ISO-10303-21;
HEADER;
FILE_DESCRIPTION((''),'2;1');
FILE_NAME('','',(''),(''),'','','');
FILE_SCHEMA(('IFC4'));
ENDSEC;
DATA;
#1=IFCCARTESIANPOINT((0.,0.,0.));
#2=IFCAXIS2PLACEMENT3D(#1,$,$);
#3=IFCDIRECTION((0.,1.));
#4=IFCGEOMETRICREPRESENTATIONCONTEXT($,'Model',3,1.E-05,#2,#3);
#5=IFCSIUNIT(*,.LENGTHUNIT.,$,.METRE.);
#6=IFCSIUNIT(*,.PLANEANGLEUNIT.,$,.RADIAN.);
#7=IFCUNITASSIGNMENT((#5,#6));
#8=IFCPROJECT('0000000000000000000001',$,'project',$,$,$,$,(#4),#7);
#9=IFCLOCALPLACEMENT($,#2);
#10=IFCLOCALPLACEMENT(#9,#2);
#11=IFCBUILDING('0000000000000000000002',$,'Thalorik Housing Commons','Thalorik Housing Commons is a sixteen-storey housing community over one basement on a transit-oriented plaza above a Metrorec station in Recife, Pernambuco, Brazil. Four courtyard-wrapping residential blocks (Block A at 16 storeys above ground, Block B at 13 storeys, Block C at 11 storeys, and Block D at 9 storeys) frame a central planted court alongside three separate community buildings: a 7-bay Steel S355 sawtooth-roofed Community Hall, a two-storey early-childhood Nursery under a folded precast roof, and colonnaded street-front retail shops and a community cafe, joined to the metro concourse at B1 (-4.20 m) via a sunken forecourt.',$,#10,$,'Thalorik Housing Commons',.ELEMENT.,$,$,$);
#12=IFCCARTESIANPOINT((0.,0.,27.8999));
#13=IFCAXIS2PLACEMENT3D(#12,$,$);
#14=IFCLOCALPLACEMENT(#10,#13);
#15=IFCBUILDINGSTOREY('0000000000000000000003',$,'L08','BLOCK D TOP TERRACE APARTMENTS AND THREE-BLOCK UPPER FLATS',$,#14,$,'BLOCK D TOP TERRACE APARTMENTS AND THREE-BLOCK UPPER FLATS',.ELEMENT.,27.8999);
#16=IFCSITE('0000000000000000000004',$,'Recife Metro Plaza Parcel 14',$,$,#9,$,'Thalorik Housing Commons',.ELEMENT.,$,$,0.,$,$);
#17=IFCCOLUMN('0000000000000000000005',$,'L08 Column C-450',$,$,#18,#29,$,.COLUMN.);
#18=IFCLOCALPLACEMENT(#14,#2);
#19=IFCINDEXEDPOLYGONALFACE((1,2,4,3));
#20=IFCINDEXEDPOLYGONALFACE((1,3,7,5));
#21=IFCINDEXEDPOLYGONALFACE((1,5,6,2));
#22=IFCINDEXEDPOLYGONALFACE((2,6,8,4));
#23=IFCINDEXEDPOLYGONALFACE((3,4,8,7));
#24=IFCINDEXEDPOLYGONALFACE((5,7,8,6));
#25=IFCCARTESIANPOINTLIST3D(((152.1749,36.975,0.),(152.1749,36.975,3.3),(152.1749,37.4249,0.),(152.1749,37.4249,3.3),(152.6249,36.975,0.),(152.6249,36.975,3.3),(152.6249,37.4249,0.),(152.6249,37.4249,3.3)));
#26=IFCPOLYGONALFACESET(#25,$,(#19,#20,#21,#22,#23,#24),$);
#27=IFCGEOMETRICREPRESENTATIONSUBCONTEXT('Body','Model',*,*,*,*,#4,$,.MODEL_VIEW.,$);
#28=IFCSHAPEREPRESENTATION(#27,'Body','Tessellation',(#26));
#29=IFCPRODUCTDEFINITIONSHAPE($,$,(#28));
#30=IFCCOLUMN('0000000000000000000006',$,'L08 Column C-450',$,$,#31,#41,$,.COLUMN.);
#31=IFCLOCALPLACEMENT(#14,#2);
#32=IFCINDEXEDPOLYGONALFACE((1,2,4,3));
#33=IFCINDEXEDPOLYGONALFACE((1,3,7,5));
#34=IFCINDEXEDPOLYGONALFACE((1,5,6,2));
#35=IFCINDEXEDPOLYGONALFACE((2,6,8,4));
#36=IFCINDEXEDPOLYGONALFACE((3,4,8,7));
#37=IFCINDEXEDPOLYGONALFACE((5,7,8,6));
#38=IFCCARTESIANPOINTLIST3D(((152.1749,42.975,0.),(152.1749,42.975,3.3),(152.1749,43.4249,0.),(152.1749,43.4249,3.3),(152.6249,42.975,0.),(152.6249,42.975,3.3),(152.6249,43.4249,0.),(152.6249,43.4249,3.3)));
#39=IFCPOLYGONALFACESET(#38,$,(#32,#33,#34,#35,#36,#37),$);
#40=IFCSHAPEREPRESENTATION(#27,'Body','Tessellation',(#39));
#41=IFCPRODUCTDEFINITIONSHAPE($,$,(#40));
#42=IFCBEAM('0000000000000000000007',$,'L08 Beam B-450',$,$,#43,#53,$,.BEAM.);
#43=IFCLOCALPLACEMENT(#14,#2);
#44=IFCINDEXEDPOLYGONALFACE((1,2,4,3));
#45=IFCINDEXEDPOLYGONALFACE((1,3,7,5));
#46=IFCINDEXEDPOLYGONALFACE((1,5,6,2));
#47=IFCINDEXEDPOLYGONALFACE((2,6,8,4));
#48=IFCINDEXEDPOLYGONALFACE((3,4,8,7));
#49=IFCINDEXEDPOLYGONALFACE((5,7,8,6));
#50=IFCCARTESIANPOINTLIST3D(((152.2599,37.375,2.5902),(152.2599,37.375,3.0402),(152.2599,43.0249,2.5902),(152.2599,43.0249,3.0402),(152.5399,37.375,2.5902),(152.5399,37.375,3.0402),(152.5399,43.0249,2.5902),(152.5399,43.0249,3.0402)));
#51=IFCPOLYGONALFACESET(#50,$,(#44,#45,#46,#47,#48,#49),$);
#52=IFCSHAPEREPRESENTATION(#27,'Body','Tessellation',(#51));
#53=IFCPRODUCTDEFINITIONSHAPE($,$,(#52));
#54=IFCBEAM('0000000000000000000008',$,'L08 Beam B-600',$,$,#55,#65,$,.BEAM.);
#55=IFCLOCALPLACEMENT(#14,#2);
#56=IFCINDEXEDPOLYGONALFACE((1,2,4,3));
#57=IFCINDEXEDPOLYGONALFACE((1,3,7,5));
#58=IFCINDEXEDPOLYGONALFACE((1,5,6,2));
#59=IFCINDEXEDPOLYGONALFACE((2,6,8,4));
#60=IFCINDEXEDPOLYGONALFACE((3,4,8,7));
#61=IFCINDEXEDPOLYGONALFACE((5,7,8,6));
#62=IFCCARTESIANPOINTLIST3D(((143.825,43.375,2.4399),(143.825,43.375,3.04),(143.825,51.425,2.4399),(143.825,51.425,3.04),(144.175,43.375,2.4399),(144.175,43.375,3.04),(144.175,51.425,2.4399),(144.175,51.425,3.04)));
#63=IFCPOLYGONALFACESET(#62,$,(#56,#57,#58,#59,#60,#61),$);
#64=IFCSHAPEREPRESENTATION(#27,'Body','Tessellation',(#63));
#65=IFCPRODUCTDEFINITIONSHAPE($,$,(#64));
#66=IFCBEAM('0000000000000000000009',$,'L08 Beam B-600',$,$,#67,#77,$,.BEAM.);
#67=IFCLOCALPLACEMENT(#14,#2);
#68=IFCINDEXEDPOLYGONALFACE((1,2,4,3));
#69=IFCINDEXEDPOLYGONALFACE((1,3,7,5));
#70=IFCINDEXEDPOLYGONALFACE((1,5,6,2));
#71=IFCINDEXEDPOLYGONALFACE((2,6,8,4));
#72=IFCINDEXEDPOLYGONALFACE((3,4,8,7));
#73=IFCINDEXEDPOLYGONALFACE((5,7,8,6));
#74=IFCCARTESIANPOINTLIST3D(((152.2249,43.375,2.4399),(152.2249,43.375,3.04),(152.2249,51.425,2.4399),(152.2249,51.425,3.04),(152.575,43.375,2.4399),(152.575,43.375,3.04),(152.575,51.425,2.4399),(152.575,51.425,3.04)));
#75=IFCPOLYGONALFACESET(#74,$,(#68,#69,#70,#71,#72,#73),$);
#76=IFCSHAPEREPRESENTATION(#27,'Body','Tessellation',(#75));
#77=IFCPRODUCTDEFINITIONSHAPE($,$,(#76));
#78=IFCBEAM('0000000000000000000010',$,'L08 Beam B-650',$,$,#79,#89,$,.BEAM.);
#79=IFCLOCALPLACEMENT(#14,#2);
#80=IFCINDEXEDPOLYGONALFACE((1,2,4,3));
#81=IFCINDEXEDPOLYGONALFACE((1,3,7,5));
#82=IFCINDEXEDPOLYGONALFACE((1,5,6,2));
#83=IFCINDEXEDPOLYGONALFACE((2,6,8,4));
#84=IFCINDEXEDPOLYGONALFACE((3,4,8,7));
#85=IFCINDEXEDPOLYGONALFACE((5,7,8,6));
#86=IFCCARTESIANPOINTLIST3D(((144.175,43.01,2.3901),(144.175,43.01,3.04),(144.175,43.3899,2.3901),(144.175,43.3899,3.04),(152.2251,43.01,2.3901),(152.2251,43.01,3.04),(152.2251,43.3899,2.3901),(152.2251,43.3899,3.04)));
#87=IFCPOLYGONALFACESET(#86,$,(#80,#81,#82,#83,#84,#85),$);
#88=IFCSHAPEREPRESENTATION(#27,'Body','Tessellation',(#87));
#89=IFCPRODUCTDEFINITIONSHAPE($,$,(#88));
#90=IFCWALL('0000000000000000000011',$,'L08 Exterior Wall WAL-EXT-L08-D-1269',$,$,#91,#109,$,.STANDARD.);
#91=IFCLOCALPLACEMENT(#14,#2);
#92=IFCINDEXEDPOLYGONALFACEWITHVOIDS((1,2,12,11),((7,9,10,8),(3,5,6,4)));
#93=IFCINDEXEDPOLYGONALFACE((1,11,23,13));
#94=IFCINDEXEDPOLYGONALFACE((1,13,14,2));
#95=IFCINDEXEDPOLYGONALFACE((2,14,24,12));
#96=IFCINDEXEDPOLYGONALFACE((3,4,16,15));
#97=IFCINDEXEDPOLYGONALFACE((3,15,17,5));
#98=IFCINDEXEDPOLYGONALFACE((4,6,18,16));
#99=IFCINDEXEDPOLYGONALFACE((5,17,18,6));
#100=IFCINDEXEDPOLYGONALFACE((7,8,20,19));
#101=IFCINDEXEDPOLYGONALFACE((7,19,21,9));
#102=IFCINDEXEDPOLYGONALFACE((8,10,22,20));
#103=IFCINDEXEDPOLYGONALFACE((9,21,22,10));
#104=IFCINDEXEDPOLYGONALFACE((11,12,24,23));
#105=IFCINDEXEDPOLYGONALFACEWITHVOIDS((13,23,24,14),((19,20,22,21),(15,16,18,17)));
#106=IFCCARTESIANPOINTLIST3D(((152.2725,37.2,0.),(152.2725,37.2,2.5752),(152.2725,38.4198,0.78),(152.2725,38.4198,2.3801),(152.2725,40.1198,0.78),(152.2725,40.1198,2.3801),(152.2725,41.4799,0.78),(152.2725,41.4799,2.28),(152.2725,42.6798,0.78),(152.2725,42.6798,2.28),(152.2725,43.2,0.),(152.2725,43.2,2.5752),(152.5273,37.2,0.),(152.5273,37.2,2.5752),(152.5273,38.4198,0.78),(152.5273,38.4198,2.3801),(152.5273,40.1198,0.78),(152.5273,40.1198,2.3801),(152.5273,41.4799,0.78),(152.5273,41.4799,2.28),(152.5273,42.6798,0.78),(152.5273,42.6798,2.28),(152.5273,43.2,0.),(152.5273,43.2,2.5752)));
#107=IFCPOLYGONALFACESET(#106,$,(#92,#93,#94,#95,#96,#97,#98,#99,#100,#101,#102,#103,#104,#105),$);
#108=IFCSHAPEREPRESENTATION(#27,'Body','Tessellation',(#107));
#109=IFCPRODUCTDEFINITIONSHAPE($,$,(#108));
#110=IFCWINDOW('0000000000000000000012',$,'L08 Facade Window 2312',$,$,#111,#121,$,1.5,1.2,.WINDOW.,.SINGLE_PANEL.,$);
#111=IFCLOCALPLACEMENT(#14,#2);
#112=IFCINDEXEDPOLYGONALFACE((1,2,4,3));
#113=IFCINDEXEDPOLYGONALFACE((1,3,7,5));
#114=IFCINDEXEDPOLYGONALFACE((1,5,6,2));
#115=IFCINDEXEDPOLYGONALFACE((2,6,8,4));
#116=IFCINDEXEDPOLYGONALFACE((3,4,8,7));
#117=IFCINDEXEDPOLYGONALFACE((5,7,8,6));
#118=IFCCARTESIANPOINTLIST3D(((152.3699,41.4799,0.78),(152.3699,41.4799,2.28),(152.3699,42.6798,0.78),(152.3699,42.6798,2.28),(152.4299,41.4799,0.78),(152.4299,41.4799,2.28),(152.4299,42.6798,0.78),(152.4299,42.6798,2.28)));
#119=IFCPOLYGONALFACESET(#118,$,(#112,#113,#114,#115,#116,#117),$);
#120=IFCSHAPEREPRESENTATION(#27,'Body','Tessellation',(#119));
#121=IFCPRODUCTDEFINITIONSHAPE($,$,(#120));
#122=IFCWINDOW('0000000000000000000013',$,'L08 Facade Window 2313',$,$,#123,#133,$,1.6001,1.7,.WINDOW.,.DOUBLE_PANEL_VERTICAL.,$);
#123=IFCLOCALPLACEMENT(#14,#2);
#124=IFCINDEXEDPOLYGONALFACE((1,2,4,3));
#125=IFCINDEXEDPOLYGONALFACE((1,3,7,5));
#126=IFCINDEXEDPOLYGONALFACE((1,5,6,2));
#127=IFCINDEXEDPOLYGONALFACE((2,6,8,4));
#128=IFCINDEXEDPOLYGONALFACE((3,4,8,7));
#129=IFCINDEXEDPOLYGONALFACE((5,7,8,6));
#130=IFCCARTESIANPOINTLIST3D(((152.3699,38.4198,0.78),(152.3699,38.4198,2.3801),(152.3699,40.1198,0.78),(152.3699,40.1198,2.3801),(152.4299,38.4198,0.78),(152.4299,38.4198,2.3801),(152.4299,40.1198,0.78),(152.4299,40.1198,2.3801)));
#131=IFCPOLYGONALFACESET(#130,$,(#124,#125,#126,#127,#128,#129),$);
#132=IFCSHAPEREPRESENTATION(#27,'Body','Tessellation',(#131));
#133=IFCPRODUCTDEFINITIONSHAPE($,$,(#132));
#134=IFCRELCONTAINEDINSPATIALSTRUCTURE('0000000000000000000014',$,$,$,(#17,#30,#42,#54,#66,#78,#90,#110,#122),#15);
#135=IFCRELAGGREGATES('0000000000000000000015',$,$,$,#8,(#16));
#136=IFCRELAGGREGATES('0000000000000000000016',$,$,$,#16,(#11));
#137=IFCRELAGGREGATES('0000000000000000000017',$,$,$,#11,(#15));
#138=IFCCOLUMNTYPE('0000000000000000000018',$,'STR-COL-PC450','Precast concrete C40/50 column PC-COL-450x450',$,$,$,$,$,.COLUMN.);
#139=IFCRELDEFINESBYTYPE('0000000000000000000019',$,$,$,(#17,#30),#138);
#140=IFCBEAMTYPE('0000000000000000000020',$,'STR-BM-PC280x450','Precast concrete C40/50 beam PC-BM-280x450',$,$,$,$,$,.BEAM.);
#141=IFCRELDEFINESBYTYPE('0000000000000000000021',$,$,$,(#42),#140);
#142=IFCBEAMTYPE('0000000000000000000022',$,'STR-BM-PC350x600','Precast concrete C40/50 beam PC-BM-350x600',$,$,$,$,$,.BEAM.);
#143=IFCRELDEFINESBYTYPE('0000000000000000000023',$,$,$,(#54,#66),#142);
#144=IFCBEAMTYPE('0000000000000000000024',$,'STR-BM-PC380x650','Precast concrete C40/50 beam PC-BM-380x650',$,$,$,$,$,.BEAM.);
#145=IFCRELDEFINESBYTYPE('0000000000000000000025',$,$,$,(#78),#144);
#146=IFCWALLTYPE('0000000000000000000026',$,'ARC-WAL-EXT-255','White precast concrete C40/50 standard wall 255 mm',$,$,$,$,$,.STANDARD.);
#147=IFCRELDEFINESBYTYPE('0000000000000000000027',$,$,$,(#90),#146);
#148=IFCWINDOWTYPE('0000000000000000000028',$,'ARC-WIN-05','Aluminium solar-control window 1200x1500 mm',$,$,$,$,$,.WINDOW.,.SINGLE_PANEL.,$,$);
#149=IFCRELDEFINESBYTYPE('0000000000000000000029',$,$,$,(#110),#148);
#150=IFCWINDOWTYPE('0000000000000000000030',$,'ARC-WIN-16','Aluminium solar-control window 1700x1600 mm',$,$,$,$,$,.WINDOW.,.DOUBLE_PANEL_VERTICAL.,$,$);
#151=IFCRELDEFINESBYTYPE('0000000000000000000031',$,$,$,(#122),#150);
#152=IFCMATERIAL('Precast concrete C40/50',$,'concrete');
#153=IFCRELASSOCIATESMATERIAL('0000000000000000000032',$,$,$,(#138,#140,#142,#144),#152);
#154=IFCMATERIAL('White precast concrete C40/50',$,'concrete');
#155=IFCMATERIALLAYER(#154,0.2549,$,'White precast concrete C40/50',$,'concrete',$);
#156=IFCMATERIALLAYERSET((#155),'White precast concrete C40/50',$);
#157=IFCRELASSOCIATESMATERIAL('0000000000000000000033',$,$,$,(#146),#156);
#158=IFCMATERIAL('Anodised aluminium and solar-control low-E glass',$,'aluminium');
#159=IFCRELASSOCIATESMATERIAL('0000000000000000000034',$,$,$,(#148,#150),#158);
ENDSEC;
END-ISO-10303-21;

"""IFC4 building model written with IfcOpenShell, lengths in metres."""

from ifc_helpers import new_model, si_unit, direction, frame, frame_2d, origin, origin_2d, place, context, subcontext, project, spatial, rectangle, extrude, material, layer, layer_set, material_profile, profile_set, type_object, element, fill, save


model = new_model("IFC4")

# Units and contexts
model_context = context("Model", 3, precision=1e-05, world=origin(), true_north=direction((0.0, 1.0)))
body_context = subcontext(model_context, "Body", "Model", "MODEL_VIEW")
ifc_project = project(units=[si_unit("LENGTHUNIT", "METRE"), si_unit("PLANEANGLEUNIT", "RADIAN")], contexts=[model_context])

# Site, building, storey
site_placement = place(None, origin())
site = spatial("IfcSite", under=ifc_project, at=site_placement, Name="Recife Metro Plaza Parcel 14", LongName="Thalorik Housing Commons", CompositionType="ELEMENT", RefElevation=0.0)
building_placement = place(site_placement, origin())
building = spatial("IfcBuilding", under=site, at=building_placement, Name="Thalorik Housing Commons", Description="Thalorik Housing Commons is a sixteen-storey housing community over one basement on a transit-oriented plaza above a Metrorec station in Recife, Pernambuco, Brazil. Four courtyard-wrapping residential blocks (Block A at 16 storeys above ground, Block B at 13 storeys, Block C at 11 storeys, and Block D at 9 storeys) frame a central planted court alongside three separate community buildings: a 7-bay Steel S355 sawtooth-roofed Community Hall, a two-storey early-childhood Nursery under a folded precast roof, and colonnaded street-front retail shops and a community cafe, joined to the metro concourse at B1 (-4.20 m) via a sunken forecourt.", LongName="Thalorik Housing Commons", CompositionType="ELEMENT")
storey_placement = place(building_placement, frame((0.0, 0.0, 27.8999)))
storey = spatial("IfcBuildingStorey", under=building, at=storey_placement, Name="L08", Description="BLOCK D TOP TERRACE APARTMENTS AND THREE-BLOCK UPPER FLATS", LongName="BLOCK D TOP TERRACE APARTMENTS AND THREE-BLOCK UPPER FLATS", CompositionType="ELEMENT", Elevation=27.8999)

# Columns
ifc_material_1 = material(Name="Precast concrete C40/50", Category="concrete")
ifc_material_profile_1 = material_profile(ifc_material_1, rectangle(XDim=0.45, YDim=0.45, at=origin_2d()), Name="PC 450x450", Category="concrete")
ifc_profile_set_1 = profile_set([ifc_material_profile_1], Name="Precast concrete C40/50")
column_type = type_object("IfcColumnType", Name="STR-COL-PC450", Description="Precast concrete C40/50 column PC-COL-450x450", PredefinedType="COLUMN", material=ifc_profile_set_1)
for number, where, z_axis, x_axis, name in (
    (1, (152.3999, 37.2, 0.0), (0.0, 0.0, 1.0), (1.0, 0.0, 0.0), "L08 Column C-450"),
    (2, (152.3999, 43.2, 0.0), (0.0, 0.0, 1.0), (1.0, 0.0, 0.0), "L08 Column C-450"),
):
    element("IfcColumn", number, at=place(storey_placement, frame(where, z_axis=z_axis, x_axis=x_axis)), inside=storey, type_object=column_type, Name=name, PredefinedType="COLUMN", context=body_context, shape_type="SweptSolid", body=[
        extrude(rectangle(XDim=0.45, YDim=0.45, at=origin_2d()), origin(), (0.0, 0.0, 1.0), 3.3),
    ])

# Beams
ifc_material_profile_2 = material_profile(ifc_material_1, rectangle(XDim=0.28, YDim=0.45, at=origin_2d()), Name="PC 280x450", Category="concrete")
ifc_profile_set_2 = profile_set([ifc_material_profile_2], Name="Precast concrete C40/50")
beam_type_1 = type_object("IfcBeamType", Name="STR-BM-PC280x450", Description="Precast concrete C40/50 beam PC-BM-280x450", PredefinedType="BEAM", material=ifc_profile_set_2)
beam_1_placement = place(storey_placement, frame((152.3999, 37.375, 2.8152), z_axis=(0.0, 1.0, 0.0), x_axis=(-1.0, 0.0, 0.0)))
element("IfcBeam", 3, at=beam_1_placement, inside=storey, type_object=beam_type_1, Name="L08 Beam B-450", PredefinedType="BEAM", context=body_context, shape_type="SweptSolid", body=[
    extrude(rectangle(XDim=0.28, YDim=0.45, at=origin_2d()), origin(), (0.0, 0.0, 1.0), 5.6499),
])
ifc_material_profile_3 = material_profile(ifc_material_1, rectangle(XDim=0.3501, YDim=0.6001, at=origin_2d()), Name="PC 350x600", Category="concrete")
ifc_profile_set_3 = profile_set([ifc_material_profile_3], Name="Precast concrete C40/50")
beam_type_2 = type_object("IfcBeamType", Name="STR-BM-PC350x600", Description="Precast concrete C40/50 beam PC-BM-350x600", PredefinedType="BEAM", material=ifc_profile_set_3)
for number, where, z_axis, x_axis, name in (
    (4, (144.0, 43.375, 2.74), (0.0, 1.0, 0.0), (-1.0, 0.0, 0.0), "L08 Beam B-600"),
    (5, (152.3999, 43.375, 2.74), (0.0, 1.0, 0.0), (-1.0, 0.0, 0.0), "L08 Beam B-600"),
):
    element("IfcBeam", number, at=place(storey_placement, frame(where, z_axis=z_axis, x_axis=x_axis)), inside=storey, type_object=beam_type_2, Name=name, PredefinedType="BEAM", context=body_context, shape_type="SweptSolid", body=[
        extrude(rectangle(XDim=0.3501, YDim=0.6001, at=origin_2d()), origin(), (0.0, 0.0, 1.0), 8.05),
    ])
ifc_material_profile_4 = material_profile(ifc_material_1, rectangle(XDim=0.3799, YDim=0.6499, at=origin_2d()), Name="PC 380x650", Category="concrete")
ifc_profile_set_4 = profile_set([ifc_material_profile_4], Name="Precast concrete C40/50")
beam_type_3 = type_object("IfcBeamType", Name="STR-BM-PC380x650", Description="Precast concrete C40/50 beam PC-BM-380x650", PredefinedType="BEAM", material=ifc_profile_set_4)
beam_2_placement = place(storey_placement, frame((144.175, 43.2, 2.7151), z_axis=(1.0, 0.0, 0.0), x_axis=(0.0, 1.0, 0.0)))
element("IfcBeam", 6, at=beam_2_placement, inside=storey, type_object=beam_type_3, Name="L08 Beam B-650", PredefinedType="BEAM", context=body_context, shape_type="SweptSolid", body=[
    extrude(rectangle(XDim=0.3799, YDim=0.6499, at=origin_2d()), origin(), (0.0, 0.0, 1.0), 8.05),
])

# Wall, openings, windows
ifc_material_2 = material(Name="White precast concrete C40/50", Category="concrete")
ifc_layer_1 = layer(ifc_material_2, 0.2549, Name="White precast concrete C40/50", Category="concrete")
ifc_layer_set_1 = layer_set([ifc_layer_1], Name="White precast concrete C40/50")
wall_type_1 = type_object("IfcWallType", Name="ARC-WAL-EXT-255", Description="White precast concrete C40/50 standard wall 255 mm", PredefinedType="STANDARD", material=ifc_layer_set_1)
wall_1_placement = place(storey_placement, frame((152.3999, 43.2, 0.0), z_axis=(0.0, 0.0, 1.0), x_axis=(0.0, -1.0, 0.0)))
wall_1 = element("IfcWall", 7, at=wall_1_placement, inside=storey, type_object=wall_type_1, Name="L08 Exterior Wall WAL-EXT-L08-D-1269", PredefinedType="STANDARD", context=body_context, shape_type="SweptSolid", body=[
    extrude(rectangle(XDim=6.0, YDim=0.2549, at=frame_2d((3.0, 0.0))), origin(), (0.0, 0.0, 1.0), 2.5752),
])
opening_1_placement = place(wall_1_placement, frame((0.52, 0.0, 0.78)))
opening_1 = element("IfcOpeningElement", 8, at=opening_1_placement, cuts=wall_1, PredefinedType="OPENING", context=body_context, shape_type="SweptSolid", body=[
    extrude(rectangle(XDim=1.2, YDim=1.5, at=frame_2d((0.6001, 0.75))), frame((0.0, 0.1375, 0.0), z_axis=(0.0, -1.0, 0.0), x_axis=(1.0, 0.0, 0.0)), (0.0, 0.0, 1.0), 0.2749),
])
opening_2_placement = place(wall_1_placement, frame((3.0801, 0.0, 0.78)))
opening_2 = element("IfcOpeningElement", 9, at=opening_2_placement, cuts=wall_1, PredefinedType="OPENING", context=body_context, shape_type="SweptSolid", body=[
    extrude(rectangle(XDim=1.7, YDim=1.6001, at=frame_2d((0.8501, 0.8))), frame((0.0, 0.1375, 0.0), z_axis=(0.0, -1.0, 0.0), x_axis=(1.0, 0.0, 0.0)), (0.0, 0.0, 1.0), 0.2749),
])
ifc_material_3 = material(Name="Anodised aluminium and solar-control low-E glass", Category="aluminium")
window_type_1 = type_object("IfcWindowType", Name="ARC-WIN-05", Description="Aluminium solar-control window 1200x1500 mm", PartitioningType="SINGLE_PANEL", PredefinedType="WINDOW", material=ifc_material_3)
window_1_placement = place(opening_1_placement, origin())
window_1 = element("IfcWindow", 10, at=window_1_placement, inside=storey, type_object=window_type_1, Name="L08 Facade Window 2312", OverallHeight=1.5, OverallWidth=1.2, PartitioningType="SINGLE_PANEL", PredefinedType="WINDOW", context=body_context, shape_type="SweptSolid", body=[
    extrude(rectangle(XDim=1.2, YDim=1.5, at=frame_2d((0.6001, 0.75))), frame((0.0, 0.03, 0.0), z_axis=(0.0, -1.0, 0.0), x_axis=(1.0, 0.0, 0.0)), (0.0, 0.0, 1.0), 0.0601),
])
fill(opening_1, window_1)
window_type_2 = type_object("IfcWindowType", Name="ARC-WIN-16", Description="Aluminium solar-control window 1700x1600 mm", PartitioningType="DOUBLE_PANEL_VERTICAL", PredefinedType="WINDOW", material=ifc_material_3)
window_2_placement = place(opening_2_placement, origin())
window_2 = element("IfcWindow", 11, at=window_2_placement, inside=storey, type_object=window_type_2, Name="L08 Facade Window 2313", OverallHeight=1.6001, OverallWidth=1.7, PartitioningType="DOUBLE_PANEL_VERTICAL", PredefinedType="WINDOW", context=body_context, shape_type="SweptSolid", body=[
    extrude(rectangle(XDim=1.7, YDim=1.6001, at=frame_2d((0.8501, 0.8))), frame((0.0, 0.03, 0.0), z_axis=(0.0, -1.0, 0.0), x_axis=(1.0, 0.0, 0.0)), (0.0, 0.0, 1.0), 0.0601),
])
fill(opening_2, window_2)

save(model, "model.ifc")
